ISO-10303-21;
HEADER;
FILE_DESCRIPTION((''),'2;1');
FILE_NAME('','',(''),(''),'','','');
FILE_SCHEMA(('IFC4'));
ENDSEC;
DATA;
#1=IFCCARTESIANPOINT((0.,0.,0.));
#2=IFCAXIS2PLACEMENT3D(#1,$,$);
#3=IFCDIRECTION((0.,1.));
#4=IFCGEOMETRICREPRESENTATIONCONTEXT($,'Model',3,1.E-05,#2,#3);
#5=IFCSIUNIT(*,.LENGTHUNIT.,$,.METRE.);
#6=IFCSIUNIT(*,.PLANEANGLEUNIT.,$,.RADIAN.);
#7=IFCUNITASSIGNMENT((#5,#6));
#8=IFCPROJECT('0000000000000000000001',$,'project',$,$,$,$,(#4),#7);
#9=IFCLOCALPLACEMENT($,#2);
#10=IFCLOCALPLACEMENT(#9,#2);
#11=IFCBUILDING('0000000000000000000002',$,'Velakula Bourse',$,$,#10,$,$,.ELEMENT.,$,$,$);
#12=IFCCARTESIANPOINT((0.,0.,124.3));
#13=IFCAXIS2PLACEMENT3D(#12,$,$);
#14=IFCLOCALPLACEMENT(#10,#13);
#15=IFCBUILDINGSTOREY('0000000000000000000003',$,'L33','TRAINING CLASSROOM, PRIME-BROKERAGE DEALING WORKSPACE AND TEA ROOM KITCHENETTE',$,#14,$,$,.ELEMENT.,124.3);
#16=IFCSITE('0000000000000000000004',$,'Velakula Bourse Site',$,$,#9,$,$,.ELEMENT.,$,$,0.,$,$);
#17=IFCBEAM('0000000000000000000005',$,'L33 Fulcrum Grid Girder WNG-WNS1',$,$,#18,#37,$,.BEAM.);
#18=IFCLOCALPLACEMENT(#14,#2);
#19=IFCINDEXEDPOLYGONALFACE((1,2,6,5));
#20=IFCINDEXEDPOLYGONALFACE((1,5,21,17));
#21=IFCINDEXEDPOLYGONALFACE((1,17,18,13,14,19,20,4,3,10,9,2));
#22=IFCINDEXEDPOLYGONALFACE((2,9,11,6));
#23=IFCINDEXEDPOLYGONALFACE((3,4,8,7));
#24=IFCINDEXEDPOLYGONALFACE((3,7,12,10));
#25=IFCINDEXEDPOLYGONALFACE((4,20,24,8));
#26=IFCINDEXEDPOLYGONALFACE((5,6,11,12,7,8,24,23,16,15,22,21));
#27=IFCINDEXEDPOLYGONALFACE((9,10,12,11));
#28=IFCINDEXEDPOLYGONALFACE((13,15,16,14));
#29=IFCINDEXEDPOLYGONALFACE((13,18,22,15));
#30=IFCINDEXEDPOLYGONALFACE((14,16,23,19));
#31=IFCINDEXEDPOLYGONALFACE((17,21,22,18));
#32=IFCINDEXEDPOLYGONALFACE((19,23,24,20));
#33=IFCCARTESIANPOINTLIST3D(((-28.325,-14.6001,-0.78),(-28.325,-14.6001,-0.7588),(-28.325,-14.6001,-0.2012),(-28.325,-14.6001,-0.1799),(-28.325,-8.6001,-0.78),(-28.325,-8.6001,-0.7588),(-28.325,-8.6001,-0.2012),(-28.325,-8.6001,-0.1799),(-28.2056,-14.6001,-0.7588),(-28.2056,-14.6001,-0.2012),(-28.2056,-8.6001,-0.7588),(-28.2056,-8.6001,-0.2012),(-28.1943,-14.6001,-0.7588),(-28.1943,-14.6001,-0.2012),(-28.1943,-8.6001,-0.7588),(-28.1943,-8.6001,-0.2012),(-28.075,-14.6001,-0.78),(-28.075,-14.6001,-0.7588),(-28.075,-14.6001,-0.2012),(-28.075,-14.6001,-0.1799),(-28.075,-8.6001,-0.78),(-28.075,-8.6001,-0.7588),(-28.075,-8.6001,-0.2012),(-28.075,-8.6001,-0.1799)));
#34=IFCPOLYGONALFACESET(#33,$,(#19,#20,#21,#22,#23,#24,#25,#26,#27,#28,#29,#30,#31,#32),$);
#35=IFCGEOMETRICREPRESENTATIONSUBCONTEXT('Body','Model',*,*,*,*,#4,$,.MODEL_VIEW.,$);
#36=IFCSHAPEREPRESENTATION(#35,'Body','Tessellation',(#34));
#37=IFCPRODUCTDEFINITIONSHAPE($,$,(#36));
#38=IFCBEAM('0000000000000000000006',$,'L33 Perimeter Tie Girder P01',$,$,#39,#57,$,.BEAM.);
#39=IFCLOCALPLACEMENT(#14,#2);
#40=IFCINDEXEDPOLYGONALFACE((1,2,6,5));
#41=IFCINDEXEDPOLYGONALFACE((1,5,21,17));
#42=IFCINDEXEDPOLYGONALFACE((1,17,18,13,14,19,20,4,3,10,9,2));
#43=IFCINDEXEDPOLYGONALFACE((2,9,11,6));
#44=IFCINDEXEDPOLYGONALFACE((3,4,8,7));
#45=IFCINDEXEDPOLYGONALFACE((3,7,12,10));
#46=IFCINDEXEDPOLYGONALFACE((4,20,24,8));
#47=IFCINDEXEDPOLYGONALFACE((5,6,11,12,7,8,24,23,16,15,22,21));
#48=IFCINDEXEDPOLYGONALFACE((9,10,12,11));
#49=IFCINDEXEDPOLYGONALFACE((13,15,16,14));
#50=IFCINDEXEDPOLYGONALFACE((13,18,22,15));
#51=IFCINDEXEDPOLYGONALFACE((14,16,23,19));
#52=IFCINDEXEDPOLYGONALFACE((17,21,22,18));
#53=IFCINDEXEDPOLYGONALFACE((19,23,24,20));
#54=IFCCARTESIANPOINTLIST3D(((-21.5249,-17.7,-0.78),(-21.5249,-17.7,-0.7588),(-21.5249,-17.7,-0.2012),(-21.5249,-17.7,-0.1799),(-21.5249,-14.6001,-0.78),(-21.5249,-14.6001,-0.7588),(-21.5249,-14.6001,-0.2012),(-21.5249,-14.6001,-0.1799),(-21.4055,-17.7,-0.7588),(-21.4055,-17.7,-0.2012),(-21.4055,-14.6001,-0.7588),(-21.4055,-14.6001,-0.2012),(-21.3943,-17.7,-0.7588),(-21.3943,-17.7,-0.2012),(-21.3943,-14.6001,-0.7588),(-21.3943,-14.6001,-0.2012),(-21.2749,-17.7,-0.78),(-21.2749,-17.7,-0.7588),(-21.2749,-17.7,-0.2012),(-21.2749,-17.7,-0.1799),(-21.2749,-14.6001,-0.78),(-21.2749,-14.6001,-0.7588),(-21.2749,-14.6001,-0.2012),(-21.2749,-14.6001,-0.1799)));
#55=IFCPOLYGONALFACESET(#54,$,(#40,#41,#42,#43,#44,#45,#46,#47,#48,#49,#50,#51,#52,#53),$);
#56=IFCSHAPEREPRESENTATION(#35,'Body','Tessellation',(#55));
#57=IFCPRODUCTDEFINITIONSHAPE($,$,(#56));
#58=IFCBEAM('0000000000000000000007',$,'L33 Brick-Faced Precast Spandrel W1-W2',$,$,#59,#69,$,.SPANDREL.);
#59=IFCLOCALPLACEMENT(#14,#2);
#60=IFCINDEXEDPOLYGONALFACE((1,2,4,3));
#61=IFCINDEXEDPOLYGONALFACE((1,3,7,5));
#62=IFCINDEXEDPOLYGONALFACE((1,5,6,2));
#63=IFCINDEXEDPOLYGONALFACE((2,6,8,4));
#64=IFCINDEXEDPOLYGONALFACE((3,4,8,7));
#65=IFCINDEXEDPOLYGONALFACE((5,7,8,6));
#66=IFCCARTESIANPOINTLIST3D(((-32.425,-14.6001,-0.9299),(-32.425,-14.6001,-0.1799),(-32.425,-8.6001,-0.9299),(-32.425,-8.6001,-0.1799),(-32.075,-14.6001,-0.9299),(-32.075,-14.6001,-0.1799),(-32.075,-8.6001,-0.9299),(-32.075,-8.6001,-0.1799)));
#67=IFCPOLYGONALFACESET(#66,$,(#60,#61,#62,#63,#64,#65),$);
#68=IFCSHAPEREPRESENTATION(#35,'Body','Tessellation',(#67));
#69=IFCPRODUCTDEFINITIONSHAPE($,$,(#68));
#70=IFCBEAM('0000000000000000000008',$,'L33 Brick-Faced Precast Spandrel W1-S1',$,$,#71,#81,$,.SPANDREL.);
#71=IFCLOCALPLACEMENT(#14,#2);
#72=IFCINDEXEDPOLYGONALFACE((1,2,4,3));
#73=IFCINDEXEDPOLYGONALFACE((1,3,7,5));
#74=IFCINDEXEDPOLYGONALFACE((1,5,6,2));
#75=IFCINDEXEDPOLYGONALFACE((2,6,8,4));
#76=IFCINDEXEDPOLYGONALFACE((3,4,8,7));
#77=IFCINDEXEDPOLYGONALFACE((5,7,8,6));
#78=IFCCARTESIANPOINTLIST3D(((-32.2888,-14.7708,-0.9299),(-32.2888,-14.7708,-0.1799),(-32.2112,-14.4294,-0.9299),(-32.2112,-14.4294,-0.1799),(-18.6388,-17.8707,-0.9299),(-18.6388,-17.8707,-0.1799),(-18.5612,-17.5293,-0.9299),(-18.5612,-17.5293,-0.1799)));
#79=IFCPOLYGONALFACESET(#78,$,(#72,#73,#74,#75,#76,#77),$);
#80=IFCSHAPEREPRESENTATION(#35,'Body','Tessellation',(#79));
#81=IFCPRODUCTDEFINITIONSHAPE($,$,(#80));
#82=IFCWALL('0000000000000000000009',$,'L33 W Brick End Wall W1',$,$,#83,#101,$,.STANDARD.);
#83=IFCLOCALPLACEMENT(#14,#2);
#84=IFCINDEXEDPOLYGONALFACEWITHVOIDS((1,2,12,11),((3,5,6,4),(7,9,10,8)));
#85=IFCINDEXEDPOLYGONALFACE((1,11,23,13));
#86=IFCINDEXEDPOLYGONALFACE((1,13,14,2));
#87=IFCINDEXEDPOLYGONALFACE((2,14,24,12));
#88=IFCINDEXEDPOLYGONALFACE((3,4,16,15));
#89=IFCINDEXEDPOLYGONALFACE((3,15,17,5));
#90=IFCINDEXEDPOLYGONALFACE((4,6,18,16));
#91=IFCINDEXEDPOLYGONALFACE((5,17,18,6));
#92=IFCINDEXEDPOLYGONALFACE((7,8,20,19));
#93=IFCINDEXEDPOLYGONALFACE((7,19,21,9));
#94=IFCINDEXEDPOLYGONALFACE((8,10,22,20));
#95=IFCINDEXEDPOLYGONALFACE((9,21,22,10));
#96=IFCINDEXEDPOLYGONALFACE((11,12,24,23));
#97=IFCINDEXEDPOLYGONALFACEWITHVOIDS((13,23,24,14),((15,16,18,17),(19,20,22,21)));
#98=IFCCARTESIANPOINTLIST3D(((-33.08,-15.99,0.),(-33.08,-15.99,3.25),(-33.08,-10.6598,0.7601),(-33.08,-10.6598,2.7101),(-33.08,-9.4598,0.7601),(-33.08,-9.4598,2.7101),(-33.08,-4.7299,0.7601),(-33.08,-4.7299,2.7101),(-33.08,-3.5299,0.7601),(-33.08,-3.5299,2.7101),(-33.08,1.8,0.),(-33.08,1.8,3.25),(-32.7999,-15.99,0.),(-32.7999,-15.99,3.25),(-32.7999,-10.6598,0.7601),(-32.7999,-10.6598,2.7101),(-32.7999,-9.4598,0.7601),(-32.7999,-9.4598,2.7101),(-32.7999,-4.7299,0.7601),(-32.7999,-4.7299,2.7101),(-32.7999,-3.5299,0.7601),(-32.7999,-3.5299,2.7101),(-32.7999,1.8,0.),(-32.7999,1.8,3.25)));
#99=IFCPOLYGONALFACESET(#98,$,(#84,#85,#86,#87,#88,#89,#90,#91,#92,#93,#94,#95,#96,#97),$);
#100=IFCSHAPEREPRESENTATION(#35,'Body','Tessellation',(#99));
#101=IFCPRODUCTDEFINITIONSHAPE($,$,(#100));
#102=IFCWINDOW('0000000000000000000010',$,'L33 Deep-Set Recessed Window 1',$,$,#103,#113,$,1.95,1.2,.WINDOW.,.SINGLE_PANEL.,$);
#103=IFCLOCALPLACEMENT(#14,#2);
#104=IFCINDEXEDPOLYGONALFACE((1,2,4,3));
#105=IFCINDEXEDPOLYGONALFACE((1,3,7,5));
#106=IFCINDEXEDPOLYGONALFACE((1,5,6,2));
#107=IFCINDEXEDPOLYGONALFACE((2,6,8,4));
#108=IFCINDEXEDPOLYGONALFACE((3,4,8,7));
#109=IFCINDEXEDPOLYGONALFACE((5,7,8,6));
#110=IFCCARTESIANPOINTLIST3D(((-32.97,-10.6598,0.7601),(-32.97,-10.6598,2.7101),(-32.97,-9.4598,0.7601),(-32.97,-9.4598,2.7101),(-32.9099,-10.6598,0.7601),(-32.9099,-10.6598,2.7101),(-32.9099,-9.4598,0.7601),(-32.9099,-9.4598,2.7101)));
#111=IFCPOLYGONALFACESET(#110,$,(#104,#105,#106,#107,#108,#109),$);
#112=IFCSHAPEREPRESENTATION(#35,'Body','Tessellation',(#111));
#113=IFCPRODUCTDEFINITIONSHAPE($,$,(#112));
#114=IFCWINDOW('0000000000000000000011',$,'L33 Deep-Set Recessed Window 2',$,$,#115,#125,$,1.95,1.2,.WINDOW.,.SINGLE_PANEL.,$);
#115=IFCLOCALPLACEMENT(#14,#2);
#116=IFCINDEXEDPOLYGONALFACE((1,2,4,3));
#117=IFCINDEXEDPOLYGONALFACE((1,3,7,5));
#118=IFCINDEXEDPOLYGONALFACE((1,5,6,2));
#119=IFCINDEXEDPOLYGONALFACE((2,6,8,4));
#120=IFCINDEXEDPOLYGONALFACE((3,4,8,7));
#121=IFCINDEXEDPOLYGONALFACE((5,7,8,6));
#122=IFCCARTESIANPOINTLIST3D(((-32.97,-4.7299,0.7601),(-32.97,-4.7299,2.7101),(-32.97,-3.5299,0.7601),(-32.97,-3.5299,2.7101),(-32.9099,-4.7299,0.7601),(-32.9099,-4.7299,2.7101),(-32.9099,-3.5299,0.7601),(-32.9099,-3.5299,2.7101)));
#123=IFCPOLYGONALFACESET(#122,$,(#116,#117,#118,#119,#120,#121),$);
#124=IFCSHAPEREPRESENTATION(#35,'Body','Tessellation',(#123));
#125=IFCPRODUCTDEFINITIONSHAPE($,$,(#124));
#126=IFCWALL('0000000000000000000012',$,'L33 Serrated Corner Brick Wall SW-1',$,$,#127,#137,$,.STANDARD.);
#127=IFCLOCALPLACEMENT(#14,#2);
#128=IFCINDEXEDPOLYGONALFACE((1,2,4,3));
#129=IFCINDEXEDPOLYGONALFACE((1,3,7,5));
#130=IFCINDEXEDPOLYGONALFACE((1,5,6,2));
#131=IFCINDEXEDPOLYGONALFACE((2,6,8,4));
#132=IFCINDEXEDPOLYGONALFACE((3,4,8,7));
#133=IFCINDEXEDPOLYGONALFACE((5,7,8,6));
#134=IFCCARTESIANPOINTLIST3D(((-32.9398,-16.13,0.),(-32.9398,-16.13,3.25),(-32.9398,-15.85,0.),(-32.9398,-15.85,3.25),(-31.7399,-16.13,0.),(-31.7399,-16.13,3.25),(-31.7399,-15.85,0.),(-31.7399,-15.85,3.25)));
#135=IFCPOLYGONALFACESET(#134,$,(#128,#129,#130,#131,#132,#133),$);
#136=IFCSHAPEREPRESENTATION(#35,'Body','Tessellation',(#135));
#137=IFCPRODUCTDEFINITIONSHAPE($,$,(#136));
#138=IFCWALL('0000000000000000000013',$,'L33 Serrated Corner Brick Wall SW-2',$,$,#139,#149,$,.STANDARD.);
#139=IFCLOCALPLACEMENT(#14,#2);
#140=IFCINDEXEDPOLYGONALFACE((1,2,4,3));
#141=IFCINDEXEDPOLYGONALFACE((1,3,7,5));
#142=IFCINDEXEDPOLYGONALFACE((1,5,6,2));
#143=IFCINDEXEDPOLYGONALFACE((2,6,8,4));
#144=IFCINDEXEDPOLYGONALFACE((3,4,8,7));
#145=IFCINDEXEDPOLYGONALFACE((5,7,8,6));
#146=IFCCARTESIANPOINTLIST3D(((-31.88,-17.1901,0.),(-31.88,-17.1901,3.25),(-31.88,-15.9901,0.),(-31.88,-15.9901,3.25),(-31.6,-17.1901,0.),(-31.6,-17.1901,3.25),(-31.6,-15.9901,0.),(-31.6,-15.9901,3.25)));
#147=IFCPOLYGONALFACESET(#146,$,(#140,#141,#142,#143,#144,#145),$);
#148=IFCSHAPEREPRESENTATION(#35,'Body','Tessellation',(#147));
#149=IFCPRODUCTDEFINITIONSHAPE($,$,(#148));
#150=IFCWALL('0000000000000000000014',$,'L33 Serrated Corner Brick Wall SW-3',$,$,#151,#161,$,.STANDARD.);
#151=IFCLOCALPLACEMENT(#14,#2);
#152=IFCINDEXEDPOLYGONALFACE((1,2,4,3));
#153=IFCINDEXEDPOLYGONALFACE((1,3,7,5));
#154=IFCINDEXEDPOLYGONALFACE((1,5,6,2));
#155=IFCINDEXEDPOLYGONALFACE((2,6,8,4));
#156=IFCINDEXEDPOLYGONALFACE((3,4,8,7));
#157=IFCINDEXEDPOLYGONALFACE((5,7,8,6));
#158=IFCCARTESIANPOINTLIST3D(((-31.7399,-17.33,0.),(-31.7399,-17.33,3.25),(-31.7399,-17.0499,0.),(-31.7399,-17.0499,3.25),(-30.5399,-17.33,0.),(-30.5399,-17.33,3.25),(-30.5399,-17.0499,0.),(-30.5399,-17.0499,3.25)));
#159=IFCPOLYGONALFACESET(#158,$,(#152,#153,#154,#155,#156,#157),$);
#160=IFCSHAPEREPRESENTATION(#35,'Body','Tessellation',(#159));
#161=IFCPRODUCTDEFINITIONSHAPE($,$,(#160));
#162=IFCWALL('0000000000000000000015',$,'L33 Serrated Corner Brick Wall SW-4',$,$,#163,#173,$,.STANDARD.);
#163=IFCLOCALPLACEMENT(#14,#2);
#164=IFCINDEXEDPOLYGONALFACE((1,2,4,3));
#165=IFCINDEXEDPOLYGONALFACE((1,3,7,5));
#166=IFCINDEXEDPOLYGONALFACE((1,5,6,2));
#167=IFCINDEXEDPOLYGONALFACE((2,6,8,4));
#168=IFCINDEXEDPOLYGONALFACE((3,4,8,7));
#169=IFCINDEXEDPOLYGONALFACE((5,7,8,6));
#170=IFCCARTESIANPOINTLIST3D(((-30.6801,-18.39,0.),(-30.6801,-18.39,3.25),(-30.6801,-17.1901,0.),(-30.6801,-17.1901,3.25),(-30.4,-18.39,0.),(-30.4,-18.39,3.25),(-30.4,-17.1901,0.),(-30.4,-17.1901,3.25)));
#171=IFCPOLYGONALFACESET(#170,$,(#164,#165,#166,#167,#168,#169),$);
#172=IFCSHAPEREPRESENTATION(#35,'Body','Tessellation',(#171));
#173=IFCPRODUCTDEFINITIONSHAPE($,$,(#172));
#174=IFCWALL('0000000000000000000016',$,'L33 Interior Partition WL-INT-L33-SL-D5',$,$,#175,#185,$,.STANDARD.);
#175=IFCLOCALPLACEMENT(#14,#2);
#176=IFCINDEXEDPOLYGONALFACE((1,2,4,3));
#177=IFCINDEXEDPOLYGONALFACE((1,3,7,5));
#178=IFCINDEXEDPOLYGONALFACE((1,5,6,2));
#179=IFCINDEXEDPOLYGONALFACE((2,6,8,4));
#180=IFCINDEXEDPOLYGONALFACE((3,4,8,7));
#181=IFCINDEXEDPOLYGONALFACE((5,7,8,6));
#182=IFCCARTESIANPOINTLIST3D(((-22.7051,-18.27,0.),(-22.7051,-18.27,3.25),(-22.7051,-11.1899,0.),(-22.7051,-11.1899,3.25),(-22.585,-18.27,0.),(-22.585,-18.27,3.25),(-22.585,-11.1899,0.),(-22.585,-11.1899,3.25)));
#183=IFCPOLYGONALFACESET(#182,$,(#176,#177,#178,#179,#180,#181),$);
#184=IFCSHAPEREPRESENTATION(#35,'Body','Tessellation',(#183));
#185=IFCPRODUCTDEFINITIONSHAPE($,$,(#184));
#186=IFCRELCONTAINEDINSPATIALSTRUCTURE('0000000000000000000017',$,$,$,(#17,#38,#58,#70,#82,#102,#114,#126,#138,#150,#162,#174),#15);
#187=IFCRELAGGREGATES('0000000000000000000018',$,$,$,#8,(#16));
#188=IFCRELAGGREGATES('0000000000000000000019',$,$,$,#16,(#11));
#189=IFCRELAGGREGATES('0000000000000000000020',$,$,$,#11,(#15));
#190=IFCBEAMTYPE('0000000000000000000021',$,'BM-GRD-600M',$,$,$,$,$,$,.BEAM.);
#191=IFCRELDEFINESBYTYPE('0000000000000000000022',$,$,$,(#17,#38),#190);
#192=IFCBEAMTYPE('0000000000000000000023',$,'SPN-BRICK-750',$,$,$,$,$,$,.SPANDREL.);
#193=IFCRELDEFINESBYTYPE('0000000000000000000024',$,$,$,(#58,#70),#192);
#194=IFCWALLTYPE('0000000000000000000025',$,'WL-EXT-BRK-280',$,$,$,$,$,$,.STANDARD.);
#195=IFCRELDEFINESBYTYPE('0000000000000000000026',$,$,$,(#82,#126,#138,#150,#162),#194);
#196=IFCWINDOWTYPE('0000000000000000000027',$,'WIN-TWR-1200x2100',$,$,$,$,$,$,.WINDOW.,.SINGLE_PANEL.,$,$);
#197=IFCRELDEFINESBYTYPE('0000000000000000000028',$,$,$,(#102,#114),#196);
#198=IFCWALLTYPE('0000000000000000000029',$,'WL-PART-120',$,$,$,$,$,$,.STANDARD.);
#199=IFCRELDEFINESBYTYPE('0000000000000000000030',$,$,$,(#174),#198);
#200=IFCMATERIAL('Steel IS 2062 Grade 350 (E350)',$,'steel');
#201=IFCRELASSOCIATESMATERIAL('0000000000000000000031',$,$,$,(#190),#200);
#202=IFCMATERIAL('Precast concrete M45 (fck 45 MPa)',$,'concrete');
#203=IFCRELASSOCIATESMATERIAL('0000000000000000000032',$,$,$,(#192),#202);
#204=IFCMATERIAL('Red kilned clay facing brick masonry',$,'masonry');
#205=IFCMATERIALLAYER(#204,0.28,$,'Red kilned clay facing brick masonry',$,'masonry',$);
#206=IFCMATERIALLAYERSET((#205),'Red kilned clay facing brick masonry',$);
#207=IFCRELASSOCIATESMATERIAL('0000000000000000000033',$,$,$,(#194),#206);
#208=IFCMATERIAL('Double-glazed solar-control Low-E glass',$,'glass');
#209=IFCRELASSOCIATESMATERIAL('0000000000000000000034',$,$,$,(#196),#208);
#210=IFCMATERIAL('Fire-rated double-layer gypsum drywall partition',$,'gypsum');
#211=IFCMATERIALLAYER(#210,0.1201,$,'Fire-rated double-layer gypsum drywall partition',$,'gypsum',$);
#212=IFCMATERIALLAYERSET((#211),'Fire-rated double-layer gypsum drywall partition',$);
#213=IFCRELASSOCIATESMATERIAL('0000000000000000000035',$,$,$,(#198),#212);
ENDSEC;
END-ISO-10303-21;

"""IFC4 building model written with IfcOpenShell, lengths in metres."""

from ifc_helpers import new_model, si_unit, direction, frame, frame_2d, origin, origin_2d, place, context, subcontext, project, spatial, rectangle, i_section, extrude, material, layer, layer_set, material_profile, profile_set, type_object, element, fill, save


model = new_model("IFC4")

# Units and contexts
model_context = context("Model", 3, precision=1e-05, world=origin(), true_north=direction((0.0, 1.0)))
body_context = subcontext(model_context, "Body", "Model", "MODEL_VIEW")
ifc_project = project(units=[si_unit("LENGTHUNIT", "METRE"), si_unit("PLANEANGLEUNIT", "RADIAN")], contexts=[model_context])

# Site, building, storey
site_placement = place(None, origin())
site = spatial("IfcSite", under=ifc_project, at=site_placement, Name="Velakula Bourse Site", CompositionType="ELEMENT", RefElevation=0.0)
building_placement = place(site_placement, origin())
building = spatial("IfcBuilding", under=site, at=building_placement, Name="Velakula Bourse", CompositionType="ELEMENT")
storey_placement = place(building_placement, frame((0.0, 0.0, 124.3)))
storey = spatial("IfcBuildingStorey", under=building, at=storey_placement, Name="L33", Description="TRAINING CLASSROOM, PRIME-BROKERAGE DEALING WORKSPACE AND TEA ROOM KITCHENETTE", CompositionType="ELEMENT", Elevation=124.3)

# Shared definitions
ifc_material_1 = material(Name="Steel IS 2062 Grade 350 (E350)", Category="steel")
ifc_material_2 = material(Name="Precast concrete M45 (fck 45 MPa)", Category="concrete")

# Beams
ifc_material_profile_1 = material_profile(ifc_material_1, i_section(OverallWidth=0.25, OverallDepth=0.6001, WebThickness=0.0112, FlangeThickness=0.0212, at=origin_2d()), Name="Steel IS 2062 Grade 350 (E350)")
ifc_profile_set_1 = profile_set([ifc_material_profile_1], Name="Steel IS 2062 Grade 350 (E350)")
beam_type_1 = type_object("IfcBeamType", Name="BM-GRD-600M", PredefinedType="BEAM", material=ifc_profile_set_1)
beam_1_placement = place(storey_placement, frame((-28.2, -14.6001, -0.48), z_axis=(0.0, 1.0, 0.0), x_axis=(-1.0, 0.0, 0.0)))
element("IfcBeam", 1, at=beam_1_placement, inside=storey, type_object=beam_type_1, Name="L33 Fulcrum Grid Girder WNG-WNS1", PredefinedType="BEAM", context=body_context, shape_type="SweptSolid", body=[
    extrude(i_section(OverallWidth=0.25, OverallDepth=0.6001, WebThickness=0.0112, FlangeThickness=0.0212, at=origin_2d()), origin(), (0.0, 0.0, 1.0), 6.0),
])
beam_2_placement = place(storey_placement, frame((-21.3999, -14.6001, -0.48), z_axis=(0.0, -1.0, 0.0), x_axis=(1.0, 0.0, 0.0)))
element("IfcBeam", 2, at=beam_2_placement, inside=storey, type_object=beam_type_1, Name="L33 Perimeter Tie Girder P01", PredefinedType="BEAM", context=body_context, shape_type="SweptSolid", body=[
    extrude(i_section(OverallWidth=0.25, OverallDepth=0.6001, WebThickness=0.0112, FlangeThickness=0.0212, at=origin_2d()), origin(), (0.0, 0.0, 1.0), 3.0999),
])
ifc_material_profile_2 = material_profile(ifc_material_2, rectangle(XDim=0.3501, YDim=0.75, at=origin_2d()), Name="Precast concrete M45 (fck 45 MPa)")
ifc_profile_set_2 = profile_set([ifc_material_profile_2], Name="Precast concrete M45 (fck 45 MPa)")
beam_type_2 = type_object("IfcBeamType", Name="SPN-BRICK-750", PredefinedType="SPANDREL", material=ifc_profile_set_2)
beam_3_placement = place(storey_placement, frame((-32.25, -14.6001, -0.5549), z_axis=(0.0, 1.0, 0.0), x_axis=(-1.0, 0.0, 0.0)))
element("IfcBeam", 3, at=beam_3_placement, inside=storey, type_object=beam_type_2, Name="L33 Brick-Faced Precast Spandrel W1-W2", PredefinedType="SPANDREL", context=body_context, shape_type="SweptSolid", body=[
    extrude(rectangle(XDim=0.3501, YDim=0.75, at=origin_2d()), origin(), (0.0, 0.0, 1.0), 6.0),
])
beam_4_placement = place(storey_placement, frame((-32.25, -14.6001, -0.5549), z_axis=(0.97517, -0.221458, 0.0), x_axis=(0.221458, 0.97517, 0.0)))
element("IfcBeam", 4, at=beam_4_placement, inside=storey, type_object=beam_type_2, Name="L33 Brick-Faced Precast Spandrel W1-S1", PredefinedType="SPANDREL", context=body_context, shape_type="SweptSolid", body=[
    extrude(rectangle(XDim=0.3501, YDim=0.75, at=origin_2d()), origin(), (0.0, 0.0, 1.0), 13.9976),
])

# Wall, openings, windows
ifc_material_3 = material(Name="Red kilned clay facing brick masonry", Category="masonry")
ifc_layer_1 = layer(ifc_material_3, 0.28, Name="Red kilned clay facing brick masonry", Category="masonry")
ifc_layer_set_1 = layer_set([ifc_layer_1], Name="Red kilned clay facing brick masonry")
wall_type_1 = type_object("IfcWallType", Name="WL-EXT-BRK-280", PredefinedType="STANDARD", material=ifc_layer_set_1)
wall_1_placement = place(storey_placement, frame((-32.9399, -15.99, 0.0), z_axis=(0.0, 0.0, 1.0), x_axis=(0.0, 1.0, 0.0)))
wall_1 = element("IfcWall", 5, at=wall_1_placement, inside=storey, type_object=wall_type_1, Name="L33 W Brick End Wall W1", PredefinedType="STANDARD", context=body_context, shape_type="SweptSolid", body=[
    extrude(rectangle(XDim=17.79, YDim=0.28, at=frame_2d((8.895, 0.0))), origin(), (0.0, 0.0, 1.0), 3.25),
])
opening_1_placement = place(wall_1_placement, frame((5.3301, 0.0, 0.76)))
opening_1 = element("IfcOpeningElement", 6, at=opening_1_placement, cuts=wall_1, PredefinedType="OPENING", context=body_context, shape_type="SweptSolid", body=[
    extrude(rectangle(XDim=1.2, YDim=1.95, at=frame_2d((0.6001, 0.9751))), frame((0.0, 0.1499, 0.0), z_axis=(0.0, -1.0, 0.0), x_axis=(1.0, 0.0, 0.0)), (0.0, 0.0, 1.0), 0.3),
])
opening_2_placement = place(wall_1_placement, frame((11.26, 0.0, 0.76)))
opening_2 = element("IfcOpeningElement", 7, at=opening_2_placement, cuts=wall_1, PredefinedType="OPENING", context=body_context, shape_type="SweptSolid", body=[
    extrude(rectangle(XDim=1.2, YDim=1.95, at=frame_2d((0.6001, 0.9751))), frame((0.0, 0.1499, 0.0), z_axis=(0.0, -1.0, 0.0), x_axis=(1.0, 0.0, 0.0)), (0.0, 0.0, 1.0), 0.3),
])
ifc_material_4 = material(Name="Double-glazed solar-control Low-E glass", Category="glass")
window_type = type_object("IfcWindowType", Name="WIN-TWR-1200x2100", PartitioningType="SINGLE_PANEL", PredefinedType="WINDOW", material=ifc_material_4)
window_1_placement = place(opening_1_placement, origin())
window_1 = element("IfcWindow", 8, at=window_1_placement, inside=storey, type_object=window_type, Name="L33 Deep-Set Recessed Window 1", OverallHeight=1.95, OverallWidth=1.2, PartitioningType="SINGLE_PANEL", PredefinedType="WINDOW", context=body_context, shape_type="SweptSolid", body=[
    extrude(rectangle(XDim=1.2, YDim=1.95, at=frame_2d((0.6001, 0.9751))), frame((0.0, 0.03, 0.0), z_axis=(0.0, -1.0, 0.0), x_axis=(1.0, 0.0, 0.0)), (0.0, 0.0, 1.0), 0.0601),
])
fill(opening_1, window_1)
window_2_placement = place(opening_2_placement, origin())
window_2 = element("IfcWindow", 9, at=window_2_placement, inside=storey, type_object=window_type, Name="L33 Deep-Set Recessed Window 2", OverallHeight=1.95, OverallWidth=1.2, PartitioningType="SINGLE_PANEL", PredefinedType="WINDOW", context=body_context, shape_type="SweptSolid", body=[
    extrude(rectangle(XDim=1.2, YDim=1.95, at=frame_2d((0.6001, 0.9751))), frame((0.0, 0.03, 0.0), z_axis=(0.0, -1.0, 0.0), x_axis=(1.0, 0.0, 0.0)), (0.0, 0.0, 1.0), 0.0601),
])
fill(opening_2, window_2)

# Walls
for number, where, z_axis, x_axis, name in (
    (10, (-32.9399, -15.99, 0.0), (0.0, 0.0, 1.0), (1.0, 0.0, 0.0), "L33 Serrated Corner Brick Wall SW-1"),
    (11, (-31.74, -15.99, 0.0), (0.0, 0.0, 1.0), (0.0, -1.0, 0.0), "L33 Serrated Corner Brick Wall SW-2"),
    (12, (-31.74, -17.1899, 0.0), (0.0, 0.0, 1.0), (1.0, 0.0, 0.0), "L33 Serrated Corner Brick Wall SW-3"),
    (13, (-30.54, -17.1899, 0.0), (0.0, 0.0, 1.0), (0.0, -1.0, 0.0), "L33 Serrated Corner Brick Wall SW-4"),
):
    element("IfcWall", number, at=place(storey_placement, frame(where, z_axis=z_axis, x_axis=x_axis)), inside=storey, type_object=wall_type_1, Name=name, PredefinedType="STANDARD", context=body_context, shape_type="SweptSolid", body=[
        extrude(rectangle(XDim=1.2, YDim=0.28, at=frame_2d((0.6001, 0.0))), origin(), (0.0, 0.0, 1.0), 3.25),
    ])
ifc_material_5 = material(Name="Fire-rated double-layer gypsum drywall partition", Category="gypsum")
ifc_layer_2 = layer(ifc_material_5, 0.1201, Name="Fire-rated double-layer gypsum drywall partition", Category="gypsum")
ifc_layer_set_2 = layer_set([ifc_layer_2], Name="Fire-rated double-layer gypsum drywall partition")
wall_type_2 = type_object("IfcWallType", Name="WL-PART-120", PredefinedType="STANDARD", material=ifc_layer_set_2)
wall_2_placement = place(storey_placement, frame((-22.645, -18.27, 0.0), z_axis=(0.0, 0.0, 1.0), x_axis=(0.0, 1.0, 0.0)))
element("IfcWall", 14, at=wall_2_placement, inside=storey, type_object=wall_type_2, Name="L33 Interior Partition WL-INT-L33-SL-D5", PredefinedType="STANDARD", context=body_context, shape_type="SweptSolid", body=[
    extrude(rectangle(XDim=7.0801, YDim=0.1201, at=frame_2d((3.54, 0.0))), origin(), (0.0, 0.0, 1.0), 3.25),
])

save(model, "model.ifc")
